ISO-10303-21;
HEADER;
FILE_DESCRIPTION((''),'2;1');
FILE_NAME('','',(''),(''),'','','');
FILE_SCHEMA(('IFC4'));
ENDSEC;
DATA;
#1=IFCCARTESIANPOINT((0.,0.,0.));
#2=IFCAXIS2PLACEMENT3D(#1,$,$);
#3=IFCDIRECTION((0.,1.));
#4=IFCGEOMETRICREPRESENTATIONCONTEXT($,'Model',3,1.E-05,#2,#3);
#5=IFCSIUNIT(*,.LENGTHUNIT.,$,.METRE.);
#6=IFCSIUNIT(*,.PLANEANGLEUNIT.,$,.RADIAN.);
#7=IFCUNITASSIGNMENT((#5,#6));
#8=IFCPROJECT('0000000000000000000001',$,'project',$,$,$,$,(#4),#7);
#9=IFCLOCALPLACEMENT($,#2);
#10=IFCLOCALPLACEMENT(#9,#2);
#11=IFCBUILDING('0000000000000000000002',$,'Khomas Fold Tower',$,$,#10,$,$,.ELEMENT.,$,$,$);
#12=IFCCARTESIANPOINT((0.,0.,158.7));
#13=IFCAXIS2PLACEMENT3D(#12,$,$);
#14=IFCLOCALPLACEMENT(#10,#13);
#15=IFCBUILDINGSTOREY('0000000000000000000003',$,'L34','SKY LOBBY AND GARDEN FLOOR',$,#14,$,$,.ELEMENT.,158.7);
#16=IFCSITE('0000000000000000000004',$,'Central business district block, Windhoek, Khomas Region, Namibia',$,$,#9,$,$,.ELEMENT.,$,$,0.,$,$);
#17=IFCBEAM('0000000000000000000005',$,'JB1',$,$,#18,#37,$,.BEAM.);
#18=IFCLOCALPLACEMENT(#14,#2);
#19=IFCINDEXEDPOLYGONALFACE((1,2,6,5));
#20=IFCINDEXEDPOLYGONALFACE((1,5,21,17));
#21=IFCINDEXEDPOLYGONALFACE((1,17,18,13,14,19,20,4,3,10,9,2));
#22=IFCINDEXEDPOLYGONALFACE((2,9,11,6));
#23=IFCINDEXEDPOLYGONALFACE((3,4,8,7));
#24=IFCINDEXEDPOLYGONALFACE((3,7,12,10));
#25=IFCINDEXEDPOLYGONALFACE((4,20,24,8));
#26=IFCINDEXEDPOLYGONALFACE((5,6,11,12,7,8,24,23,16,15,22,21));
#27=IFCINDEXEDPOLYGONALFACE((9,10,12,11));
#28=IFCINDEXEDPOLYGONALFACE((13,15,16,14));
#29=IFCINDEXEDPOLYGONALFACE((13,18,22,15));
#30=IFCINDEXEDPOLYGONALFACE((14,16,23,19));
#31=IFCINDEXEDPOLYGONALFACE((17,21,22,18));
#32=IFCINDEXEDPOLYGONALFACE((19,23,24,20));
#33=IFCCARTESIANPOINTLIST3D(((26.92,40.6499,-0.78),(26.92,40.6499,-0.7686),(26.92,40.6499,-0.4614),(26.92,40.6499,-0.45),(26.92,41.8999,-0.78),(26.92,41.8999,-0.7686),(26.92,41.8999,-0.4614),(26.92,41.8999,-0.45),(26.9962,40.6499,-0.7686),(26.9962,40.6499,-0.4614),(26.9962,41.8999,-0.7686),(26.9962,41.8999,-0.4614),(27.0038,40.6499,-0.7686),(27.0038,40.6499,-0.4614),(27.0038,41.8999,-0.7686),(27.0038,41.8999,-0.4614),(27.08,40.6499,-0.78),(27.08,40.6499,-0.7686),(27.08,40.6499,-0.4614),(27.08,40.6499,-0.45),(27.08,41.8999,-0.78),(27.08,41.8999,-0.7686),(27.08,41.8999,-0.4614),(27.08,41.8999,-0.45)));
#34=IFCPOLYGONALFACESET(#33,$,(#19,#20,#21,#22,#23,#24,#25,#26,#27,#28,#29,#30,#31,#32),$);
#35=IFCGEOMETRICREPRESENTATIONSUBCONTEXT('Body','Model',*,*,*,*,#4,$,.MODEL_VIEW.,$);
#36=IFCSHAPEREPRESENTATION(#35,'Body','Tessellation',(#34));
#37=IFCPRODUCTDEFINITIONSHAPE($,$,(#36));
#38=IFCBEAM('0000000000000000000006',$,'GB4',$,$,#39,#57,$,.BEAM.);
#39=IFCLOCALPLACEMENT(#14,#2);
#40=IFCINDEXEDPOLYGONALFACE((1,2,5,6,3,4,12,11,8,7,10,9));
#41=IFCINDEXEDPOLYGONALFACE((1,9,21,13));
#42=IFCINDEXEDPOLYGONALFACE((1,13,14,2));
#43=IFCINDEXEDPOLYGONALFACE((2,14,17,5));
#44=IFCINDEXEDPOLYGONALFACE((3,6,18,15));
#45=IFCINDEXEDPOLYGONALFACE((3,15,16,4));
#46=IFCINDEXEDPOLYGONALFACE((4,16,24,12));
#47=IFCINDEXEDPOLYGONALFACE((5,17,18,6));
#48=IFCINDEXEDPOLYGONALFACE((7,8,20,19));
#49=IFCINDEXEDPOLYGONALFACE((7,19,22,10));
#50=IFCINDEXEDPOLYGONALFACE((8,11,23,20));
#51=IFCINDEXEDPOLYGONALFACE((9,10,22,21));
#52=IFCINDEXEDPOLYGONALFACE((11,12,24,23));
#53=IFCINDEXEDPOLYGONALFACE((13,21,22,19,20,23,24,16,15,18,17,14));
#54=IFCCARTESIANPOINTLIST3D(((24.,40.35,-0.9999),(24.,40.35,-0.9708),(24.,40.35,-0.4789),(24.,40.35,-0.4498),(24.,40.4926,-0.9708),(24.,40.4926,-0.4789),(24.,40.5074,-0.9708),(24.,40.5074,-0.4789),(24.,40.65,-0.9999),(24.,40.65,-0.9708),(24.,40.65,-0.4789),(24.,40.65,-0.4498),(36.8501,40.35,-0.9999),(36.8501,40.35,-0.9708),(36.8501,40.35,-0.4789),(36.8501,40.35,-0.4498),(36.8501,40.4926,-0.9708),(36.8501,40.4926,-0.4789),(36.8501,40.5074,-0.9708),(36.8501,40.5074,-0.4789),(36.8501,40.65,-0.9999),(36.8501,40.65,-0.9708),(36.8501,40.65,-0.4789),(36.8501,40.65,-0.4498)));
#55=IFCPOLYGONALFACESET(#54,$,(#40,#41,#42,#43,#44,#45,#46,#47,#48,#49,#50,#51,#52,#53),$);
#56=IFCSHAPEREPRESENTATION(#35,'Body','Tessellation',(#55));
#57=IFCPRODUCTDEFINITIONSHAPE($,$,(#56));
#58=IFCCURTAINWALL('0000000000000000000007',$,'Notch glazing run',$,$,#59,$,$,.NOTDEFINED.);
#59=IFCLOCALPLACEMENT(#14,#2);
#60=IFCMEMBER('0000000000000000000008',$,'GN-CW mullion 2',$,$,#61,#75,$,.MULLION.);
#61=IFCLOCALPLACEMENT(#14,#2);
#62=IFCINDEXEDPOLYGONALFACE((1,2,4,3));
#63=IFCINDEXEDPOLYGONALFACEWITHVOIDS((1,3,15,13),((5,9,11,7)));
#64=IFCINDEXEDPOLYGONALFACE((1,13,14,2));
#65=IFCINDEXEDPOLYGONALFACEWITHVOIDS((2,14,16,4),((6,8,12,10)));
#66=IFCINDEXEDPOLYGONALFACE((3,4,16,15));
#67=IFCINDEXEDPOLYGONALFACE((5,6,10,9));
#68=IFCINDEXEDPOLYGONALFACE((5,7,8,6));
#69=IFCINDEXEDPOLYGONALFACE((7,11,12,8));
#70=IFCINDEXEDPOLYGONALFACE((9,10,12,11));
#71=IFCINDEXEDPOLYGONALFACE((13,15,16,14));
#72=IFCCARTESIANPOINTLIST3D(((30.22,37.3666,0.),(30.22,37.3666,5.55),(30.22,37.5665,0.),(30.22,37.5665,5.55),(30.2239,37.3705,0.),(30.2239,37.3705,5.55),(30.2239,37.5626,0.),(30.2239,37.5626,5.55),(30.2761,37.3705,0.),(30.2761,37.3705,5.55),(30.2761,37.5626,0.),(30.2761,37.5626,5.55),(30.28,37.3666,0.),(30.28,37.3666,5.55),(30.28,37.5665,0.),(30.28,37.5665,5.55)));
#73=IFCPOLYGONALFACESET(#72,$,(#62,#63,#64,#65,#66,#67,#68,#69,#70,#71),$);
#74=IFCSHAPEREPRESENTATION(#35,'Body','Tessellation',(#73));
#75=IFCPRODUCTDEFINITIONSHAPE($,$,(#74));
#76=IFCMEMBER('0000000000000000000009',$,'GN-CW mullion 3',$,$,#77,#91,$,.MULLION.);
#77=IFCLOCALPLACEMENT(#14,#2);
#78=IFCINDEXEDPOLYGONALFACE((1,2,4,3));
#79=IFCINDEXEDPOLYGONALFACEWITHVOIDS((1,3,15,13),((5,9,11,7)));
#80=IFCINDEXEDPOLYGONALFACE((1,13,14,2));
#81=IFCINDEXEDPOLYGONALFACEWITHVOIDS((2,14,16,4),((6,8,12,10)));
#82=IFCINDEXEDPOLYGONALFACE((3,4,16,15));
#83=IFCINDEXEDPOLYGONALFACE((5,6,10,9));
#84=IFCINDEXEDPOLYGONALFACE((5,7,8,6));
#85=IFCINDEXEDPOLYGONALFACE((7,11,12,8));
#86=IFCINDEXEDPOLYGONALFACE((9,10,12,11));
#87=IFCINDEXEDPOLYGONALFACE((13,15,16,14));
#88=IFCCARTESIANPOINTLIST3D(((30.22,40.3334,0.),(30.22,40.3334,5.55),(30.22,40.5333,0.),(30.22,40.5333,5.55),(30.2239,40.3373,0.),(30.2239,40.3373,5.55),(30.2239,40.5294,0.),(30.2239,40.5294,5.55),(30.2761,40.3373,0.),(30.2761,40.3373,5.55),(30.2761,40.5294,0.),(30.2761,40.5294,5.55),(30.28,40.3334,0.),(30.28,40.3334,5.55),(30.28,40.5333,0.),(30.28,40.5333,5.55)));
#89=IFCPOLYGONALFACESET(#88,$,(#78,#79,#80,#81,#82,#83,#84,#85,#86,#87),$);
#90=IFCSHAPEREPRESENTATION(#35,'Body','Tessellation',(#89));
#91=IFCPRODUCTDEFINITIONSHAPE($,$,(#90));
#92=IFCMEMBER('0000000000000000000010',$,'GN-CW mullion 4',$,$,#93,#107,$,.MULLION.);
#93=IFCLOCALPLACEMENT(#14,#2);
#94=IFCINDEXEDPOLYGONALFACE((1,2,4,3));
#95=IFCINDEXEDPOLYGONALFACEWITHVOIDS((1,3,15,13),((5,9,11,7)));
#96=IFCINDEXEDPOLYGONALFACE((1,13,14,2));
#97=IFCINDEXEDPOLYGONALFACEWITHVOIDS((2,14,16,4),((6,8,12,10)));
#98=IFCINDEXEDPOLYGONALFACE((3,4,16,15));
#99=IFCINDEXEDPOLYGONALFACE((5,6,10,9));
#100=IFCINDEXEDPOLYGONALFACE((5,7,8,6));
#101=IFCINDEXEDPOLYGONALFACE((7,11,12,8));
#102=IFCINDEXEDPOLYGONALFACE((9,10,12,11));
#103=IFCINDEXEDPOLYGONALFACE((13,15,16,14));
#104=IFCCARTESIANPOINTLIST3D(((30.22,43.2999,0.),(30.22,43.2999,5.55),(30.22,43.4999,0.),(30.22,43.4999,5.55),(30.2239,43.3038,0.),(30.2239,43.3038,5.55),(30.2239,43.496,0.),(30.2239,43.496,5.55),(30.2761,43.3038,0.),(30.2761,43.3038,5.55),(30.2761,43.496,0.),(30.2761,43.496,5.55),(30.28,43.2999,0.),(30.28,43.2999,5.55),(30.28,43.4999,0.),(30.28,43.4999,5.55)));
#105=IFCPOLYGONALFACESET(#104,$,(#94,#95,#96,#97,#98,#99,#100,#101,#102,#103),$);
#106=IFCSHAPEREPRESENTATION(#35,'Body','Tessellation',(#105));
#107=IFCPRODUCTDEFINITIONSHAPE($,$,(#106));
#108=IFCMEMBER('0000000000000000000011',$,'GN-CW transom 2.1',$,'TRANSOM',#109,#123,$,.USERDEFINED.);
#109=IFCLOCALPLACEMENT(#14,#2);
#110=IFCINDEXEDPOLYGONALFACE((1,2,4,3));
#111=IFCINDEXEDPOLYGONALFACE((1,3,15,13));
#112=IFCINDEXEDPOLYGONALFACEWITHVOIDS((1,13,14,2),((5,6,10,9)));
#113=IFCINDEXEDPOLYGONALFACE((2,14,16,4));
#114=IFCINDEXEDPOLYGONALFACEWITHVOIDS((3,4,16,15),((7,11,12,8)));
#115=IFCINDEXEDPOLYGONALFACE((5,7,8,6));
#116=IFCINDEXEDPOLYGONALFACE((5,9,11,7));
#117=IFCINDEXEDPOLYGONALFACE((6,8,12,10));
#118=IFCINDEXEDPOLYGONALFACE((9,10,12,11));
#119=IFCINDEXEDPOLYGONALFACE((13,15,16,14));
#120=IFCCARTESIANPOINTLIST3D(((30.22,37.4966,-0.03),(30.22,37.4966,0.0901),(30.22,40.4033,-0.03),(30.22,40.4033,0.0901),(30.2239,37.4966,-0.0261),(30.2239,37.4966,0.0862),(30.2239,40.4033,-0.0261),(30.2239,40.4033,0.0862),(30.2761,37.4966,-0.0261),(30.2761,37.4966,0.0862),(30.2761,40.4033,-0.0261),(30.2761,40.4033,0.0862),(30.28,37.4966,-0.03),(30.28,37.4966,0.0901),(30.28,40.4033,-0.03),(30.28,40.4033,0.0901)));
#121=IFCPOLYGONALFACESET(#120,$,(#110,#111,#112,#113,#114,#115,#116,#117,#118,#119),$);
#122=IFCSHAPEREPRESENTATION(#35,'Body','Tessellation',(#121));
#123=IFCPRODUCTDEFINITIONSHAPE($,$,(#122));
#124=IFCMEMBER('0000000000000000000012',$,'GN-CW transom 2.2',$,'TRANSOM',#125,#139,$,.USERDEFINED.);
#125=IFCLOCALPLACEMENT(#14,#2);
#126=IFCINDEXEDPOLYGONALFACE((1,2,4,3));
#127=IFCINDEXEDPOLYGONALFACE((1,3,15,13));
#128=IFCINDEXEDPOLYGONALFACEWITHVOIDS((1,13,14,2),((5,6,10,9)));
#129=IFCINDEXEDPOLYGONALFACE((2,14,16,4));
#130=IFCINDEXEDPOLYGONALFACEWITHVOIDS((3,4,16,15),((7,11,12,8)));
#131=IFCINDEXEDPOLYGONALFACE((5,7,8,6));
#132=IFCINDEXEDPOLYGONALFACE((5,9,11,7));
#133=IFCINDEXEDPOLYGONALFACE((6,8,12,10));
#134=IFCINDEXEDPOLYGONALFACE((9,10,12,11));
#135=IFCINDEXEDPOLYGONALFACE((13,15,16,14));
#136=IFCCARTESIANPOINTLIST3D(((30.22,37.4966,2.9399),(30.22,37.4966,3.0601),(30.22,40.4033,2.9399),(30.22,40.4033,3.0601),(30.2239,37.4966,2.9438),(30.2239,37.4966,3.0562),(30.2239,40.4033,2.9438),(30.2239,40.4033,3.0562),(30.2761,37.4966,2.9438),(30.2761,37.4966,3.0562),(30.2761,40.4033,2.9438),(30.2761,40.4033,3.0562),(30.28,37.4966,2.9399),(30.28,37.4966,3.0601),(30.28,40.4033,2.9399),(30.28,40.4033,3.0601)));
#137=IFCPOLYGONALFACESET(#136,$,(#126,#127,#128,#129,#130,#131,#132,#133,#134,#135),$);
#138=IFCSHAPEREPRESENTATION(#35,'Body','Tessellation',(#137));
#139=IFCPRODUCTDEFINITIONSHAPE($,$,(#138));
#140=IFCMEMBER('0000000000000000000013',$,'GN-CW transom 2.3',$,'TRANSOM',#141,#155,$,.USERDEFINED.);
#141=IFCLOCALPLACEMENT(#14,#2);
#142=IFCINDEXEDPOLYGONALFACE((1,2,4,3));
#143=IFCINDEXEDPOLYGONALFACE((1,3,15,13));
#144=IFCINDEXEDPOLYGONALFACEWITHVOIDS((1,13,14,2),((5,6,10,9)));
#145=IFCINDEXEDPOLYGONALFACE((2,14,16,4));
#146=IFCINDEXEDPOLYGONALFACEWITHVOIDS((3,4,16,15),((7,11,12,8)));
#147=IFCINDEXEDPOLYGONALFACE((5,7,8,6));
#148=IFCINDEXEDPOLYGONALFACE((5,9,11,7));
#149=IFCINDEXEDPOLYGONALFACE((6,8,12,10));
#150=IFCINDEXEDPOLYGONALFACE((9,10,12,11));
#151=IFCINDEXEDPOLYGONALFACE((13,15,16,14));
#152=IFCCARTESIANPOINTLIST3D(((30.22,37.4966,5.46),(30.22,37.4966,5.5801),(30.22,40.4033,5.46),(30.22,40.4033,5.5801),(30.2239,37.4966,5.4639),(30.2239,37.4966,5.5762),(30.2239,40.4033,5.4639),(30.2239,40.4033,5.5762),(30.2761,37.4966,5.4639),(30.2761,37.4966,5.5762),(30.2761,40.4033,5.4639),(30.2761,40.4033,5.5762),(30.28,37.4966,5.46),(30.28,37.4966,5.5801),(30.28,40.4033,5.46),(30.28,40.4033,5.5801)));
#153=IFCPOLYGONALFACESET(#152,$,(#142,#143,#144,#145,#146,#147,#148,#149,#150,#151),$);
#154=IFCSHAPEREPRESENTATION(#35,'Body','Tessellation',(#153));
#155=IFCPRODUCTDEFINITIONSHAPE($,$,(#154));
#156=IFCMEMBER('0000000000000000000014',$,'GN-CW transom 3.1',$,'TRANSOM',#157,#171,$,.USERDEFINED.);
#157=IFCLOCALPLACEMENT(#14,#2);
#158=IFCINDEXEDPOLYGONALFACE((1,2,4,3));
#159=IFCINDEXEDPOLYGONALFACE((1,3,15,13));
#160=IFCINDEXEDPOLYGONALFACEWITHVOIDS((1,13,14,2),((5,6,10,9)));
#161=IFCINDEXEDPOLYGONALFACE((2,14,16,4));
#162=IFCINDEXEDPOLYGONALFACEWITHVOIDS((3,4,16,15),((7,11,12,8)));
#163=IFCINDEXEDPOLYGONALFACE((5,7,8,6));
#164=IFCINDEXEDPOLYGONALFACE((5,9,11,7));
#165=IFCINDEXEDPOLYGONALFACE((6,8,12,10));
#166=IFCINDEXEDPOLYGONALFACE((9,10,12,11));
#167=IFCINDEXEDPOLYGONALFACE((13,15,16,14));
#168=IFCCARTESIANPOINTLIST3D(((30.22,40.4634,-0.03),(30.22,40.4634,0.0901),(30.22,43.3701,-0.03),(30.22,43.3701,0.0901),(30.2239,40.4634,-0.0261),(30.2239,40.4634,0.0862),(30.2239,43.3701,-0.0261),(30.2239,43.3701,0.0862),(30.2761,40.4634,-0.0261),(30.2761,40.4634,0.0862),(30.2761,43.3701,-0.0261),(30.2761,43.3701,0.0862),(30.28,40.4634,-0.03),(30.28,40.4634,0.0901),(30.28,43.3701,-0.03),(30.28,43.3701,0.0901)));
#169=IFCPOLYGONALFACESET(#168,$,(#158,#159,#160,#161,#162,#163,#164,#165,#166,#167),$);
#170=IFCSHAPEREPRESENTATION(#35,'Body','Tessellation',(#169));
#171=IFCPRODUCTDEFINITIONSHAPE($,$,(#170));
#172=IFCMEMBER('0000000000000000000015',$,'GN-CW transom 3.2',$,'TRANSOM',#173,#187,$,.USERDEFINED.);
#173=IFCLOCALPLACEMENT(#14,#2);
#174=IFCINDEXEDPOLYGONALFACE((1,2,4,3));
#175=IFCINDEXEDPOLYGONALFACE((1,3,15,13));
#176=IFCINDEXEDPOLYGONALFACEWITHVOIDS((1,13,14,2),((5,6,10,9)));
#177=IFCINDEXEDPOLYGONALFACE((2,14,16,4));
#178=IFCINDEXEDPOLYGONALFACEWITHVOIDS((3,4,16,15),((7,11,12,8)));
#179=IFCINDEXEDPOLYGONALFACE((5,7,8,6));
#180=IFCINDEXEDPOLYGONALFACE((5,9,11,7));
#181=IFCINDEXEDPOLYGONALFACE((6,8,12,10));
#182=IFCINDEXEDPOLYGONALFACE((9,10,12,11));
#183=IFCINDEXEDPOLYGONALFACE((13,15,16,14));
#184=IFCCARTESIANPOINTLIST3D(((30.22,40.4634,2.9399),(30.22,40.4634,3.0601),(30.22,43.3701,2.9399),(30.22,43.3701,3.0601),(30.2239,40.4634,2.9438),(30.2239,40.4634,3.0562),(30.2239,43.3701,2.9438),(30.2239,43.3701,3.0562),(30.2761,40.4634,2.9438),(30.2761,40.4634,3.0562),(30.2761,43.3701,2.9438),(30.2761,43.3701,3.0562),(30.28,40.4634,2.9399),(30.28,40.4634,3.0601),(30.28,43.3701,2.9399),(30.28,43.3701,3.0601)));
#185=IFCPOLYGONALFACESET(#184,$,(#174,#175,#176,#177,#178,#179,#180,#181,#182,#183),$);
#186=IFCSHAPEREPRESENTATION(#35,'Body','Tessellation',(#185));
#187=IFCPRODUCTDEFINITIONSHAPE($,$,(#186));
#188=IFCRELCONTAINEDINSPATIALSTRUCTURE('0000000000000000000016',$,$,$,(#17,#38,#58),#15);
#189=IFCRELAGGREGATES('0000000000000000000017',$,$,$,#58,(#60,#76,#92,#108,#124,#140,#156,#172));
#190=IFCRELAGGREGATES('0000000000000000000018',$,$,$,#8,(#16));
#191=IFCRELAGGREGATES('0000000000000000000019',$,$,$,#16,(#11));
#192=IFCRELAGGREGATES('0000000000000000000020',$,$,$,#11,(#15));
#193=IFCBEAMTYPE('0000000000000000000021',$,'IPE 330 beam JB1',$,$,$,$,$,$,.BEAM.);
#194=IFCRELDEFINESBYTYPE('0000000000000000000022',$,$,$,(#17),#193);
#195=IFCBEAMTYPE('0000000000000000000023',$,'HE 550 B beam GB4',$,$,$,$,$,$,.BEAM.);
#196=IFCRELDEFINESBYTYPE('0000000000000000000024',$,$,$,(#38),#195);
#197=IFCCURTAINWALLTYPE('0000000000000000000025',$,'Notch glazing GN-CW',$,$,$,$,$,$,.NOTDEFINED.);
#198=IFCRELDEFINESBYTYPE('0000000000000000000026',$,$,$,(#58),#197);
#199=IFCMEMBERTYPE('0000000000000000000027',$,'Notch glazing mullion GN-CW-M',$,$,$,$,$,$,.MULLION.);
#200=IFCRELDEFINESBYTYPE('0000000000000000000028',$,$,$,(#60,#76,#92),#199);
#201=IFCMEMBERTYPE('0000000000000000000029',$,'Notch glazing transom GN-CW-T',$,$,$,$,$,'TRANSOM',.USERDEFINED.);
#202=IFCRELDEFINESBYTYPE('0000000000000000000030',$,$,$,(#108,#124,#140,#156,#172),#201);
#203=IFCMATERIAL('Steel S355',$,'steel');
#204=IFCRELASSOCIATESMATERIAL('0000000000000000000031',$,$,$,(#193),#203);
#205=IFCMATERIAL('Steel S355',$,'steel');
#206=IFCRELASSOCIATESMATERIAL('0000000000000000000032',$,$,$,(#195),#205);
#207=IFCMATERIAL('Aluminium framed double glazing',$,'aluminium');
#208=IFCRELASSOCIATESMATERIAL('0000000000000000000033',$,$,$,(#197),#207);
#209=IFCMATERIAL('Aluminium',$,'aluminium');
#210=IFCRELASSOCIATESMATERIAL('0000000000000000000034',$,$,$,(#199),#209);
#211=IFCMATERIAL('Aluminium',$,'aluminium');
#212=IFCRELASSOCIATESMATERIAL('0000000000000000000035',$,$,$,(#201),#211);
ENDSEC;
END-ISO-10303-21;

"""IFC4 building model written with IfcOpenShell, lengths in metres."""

from ifc_helpers import new_model, si_unit, direction, frame, origin, origin_2d, place, context, subcontext, project, spatial, hollow_rectangle, i_section, extrude, source, transform, mapped, material, material_profile, profile_set, type_object, element, aggregate, save


model = new_model("IFC4")

# Units and contexts
model_context = context("Model", 3, precision=1e-05, world=origin(), true_north=direction((0.0, 1.0)))
body_context = subcontext(model_context, "Body", "Model", "MODEL_VIEW")
ifc_project = project(units=[si_unit("LENGTHUNIT", "METRE"), si_unit("PLANEANGLEUNIT", "RADIAN")], contexts=[model_context])

# Site, building, storey
site_placement = place(None, origin())
site = spatial("IfcSite", under=ifc_project, at=site_placement, Name="Central business district block, Windhoek, Khomas Region, Namibia", CompositionType="ELEMENT", RefElevation=0.0)
building_placement = place(site_placement, origin())
building = spatial("IfcBuilding", under=site, at=building_placement, Name="Khomas Fold Tower", CompositionType="ELEMENT")
storey_placement = place(building_placement, frame((0.0, 0.0, 158.7)))
storey = spatial("IfcBuildingStorey", under=building, at=storey_placement, Name="L34", Description="SKY LOBBY AND GARDEN FLOOR", CompositionType="ELEMENT", Elevation=158.7)

# Beams
ifc_material_1 = material(Name="Steel S355", Category="steel")
ifc_material_profile_1 = material_profile(ifc_material_1, i_section(OverallWidth=0.1599, OverallDepth=0.3301, WebThickness=0.0076, FlangeThickness=0.0115, at=origin_2d()), Name="IPE 330")
ifc_profile_set_1 = profile_set([ifc_material_profile_1], Name="Steel S355")
beam_type_1 = type_object("IfcBeamType", Name="IPE 330 beam JB1", PredefinedType="BEAM", material=ifc_profile_set_1)
shared_shape_1 = source(origin(), body_context, "Body", "SweptSolid", [
    extrude(i_section(OverallWidth=0.1599, OverallDepth=0.3301, WebThickness=0.0076, FlangeThickness=0.0115, at=origin_2d()), origin(), (0.0, 0.0, 1.0), 1.25),
])
beam_1_placement = place(storey_placement, frame((27.0, 40.6499, -0.615), z_axis=(0.0, 1.0, 0.0), x_axis=(-1.0, 0.0, 0.0)))
element("IfcBeam", 1, at=beam_1_placement, inside=storey, type_object=beam_type_1, Name="JB1", PredefinedType="BEAM", context=body_context, shape_type="MappedRepresentation", body=[
    mapped(shared_shape_1, transform((0.0, 0.0, 0.0))),
])
ifc_material_2 = material(Name="Steel S355", Category="steel")
ifc_material_profile_2 = material_profile(ifc_material_2, i_section(OverallWidth=0.3, OverallDepth=0.55, WebThickness=0.0149, FlangeThickness=0.0291, at=origin_2d()), Name="HE 550 B")
ifc_profile_set_2 = profile_set([ifc_material_profile_2], Name="Steel S355")
beam_type_2 = type_object("IfcBeamType", Name="HE 550 B beam GB4", PredefinedType="BEAM", material=ifc_profile_set_2)
shared_shape_2 = source(origin(), body_context, "Body", "SweptSolid", [
    extrude(i_section(OverallWidth=0.3, OverallDepth=0.55, WebThickness=0.0149, FlangeThickness=0.0291, at=origin_2d()), origin(), (0.0, 0.0, 1.0), 12.8501),
])
beam_2_placement = place(storey_placement, frame((24.0, 40.5, -0.7249), z_axis=(1.0, 0.0, 0.0), x_axis=(0.0, 1.0, 0.0)))
element("IfcBeam", 2, at=beam_2_placement, inside=storey, type_object=beam_type_2, Name="GB4", PredefinedType="BEAM", context=body_context, shape_type="MappedRepresentation", body=[
    mapped(shared_shape_2, transform((0.0, 0.0, 0.0))),
])

# Curtain wall, members
ifc_material_3 = material(Name="Aluminium framed double glazing", Category="aluminium")
curtain_wall_type = type_object("IfcCurtainWallType", Name="Notch glazing GN-CW", PredefinedType="NOTDEFINED", material=ifc_material_3)
curtain_wall_placement = place(storey_placement, origin())
curtain_wall = element("IfcCurtainWall", 3, at=curtain_wall_placement, inside=storey, type_object=curtain_wall_type, Name="Notch glazing run", PredefinedType="NOTDEFINED")
ifc_material_4 = material(Name="Aluminium", Category="aluminium")
ifc_material_profile_3 = material_profile(ifc_material_4, hollow_rectangle(XDim=0.0601, YDim=0.2, WallThickness=0.0039, at=origin_2d()), Name="Notch glazing mullion GN-CW-M")
ifc_profile_set_3 = profile_set([ifc_material_profile_3], Name="Aluminium")
member_type_1 = type_object("IfcMemberType", Name="Notch glazing mullion GN-CW-M", PredefinedType="MULLION", material=ifc_profile_set_3)
shared_shape_3 = source(origin(), body_context, "Body", "SweptSolid", [
    extrude(hollow_rectangle(XDim=0.0601, YDim=0.2, WallThickness=0.0039, at=origin_2d()), origin(), (0.0, 0.0, 1.0), 5.55),
])
member_1_placement = place(storey_placement, frame((30.25, 37.4666, 0.0), z_axis=(0.0, 0.0, 1.0), x_axis=(-1.0, 0.0, 0.0)))
member_1 = element("IfcMember", 4, at=member_1_placement, type_object=member_type_1, Name="GN-CW mullion 2", PredefinedType="MULLION", context=body_context, shape_type="MappedRepresentation", body=[
    mapped(shared_shape_3, transform((0.0, 0.0, 0.0))),
])
member_2_placement = place(storey_placement, frame((30.25, 40.4333, 0.0), z_axis=(0.0, 0.0, 1.0), x_axis=(-1.0, 0.0, 0.0)))
member_2 = element("IfcMember", 5, at=member_2_placement, type_object=member_type_1, Name="GN-CW mullion 3", PredefinedType="MULLION", context=body_context, shape_type="MappedRepresentation", body=[
    mapped(shared_shape_3, transform((0.0, 0.0, 0.0))),
])
member_3_placement = place(storey_placement, frame((30.25, 43.3999, 0.0), z_axis=(0.0, 0.0, 1.0), x_axis=(-1.0, 0.0, 0.0)))
member_3 = element("IfcMember", 6, at=member_3_placement, type_object=member_type_1, Name="GN-CW mullion 4", PredefinedType="MULLION", context=body_context, shape_type="MappedRepresentation", body=[
    mapped(shared_shape_3, transform((0.0, 0.0, 0.0))),
])
ifc_material_5 = material(Name="Aluminium", Category="aluminium")
ifc_material_profile_4 = material_profile(ifc_material_5, hollow_rectangle(XDim=0.0601, YDim=0.1201, WallThickness=0.0039, at=origin_2d()), Name="Notch glazing transom GN-CW-T")
ifc_profile_set_4 = profile_set([ifc_material_profile_4], Name="Aluminium")
member_type_2 = type_object("IfcMemberType", Name="Notch glazing transom GN-CW-T", ElementType="TRANSOM", PredefinedType="USERDEFINED", material=ifc_profile_set_4)
shared_shape_4 = source(origin(), body_context, "Body", "SweptSolid", [
    extrude(hollow_rectangle(XDim=0.0601, YDim=0.1201, WallThickness=0.0039, at=origin_2d()), origin(), (0.0, 0.0, 1.0), 2.9067),
])
member_4_placement = place(storey_placement, frame((30.25, 37.4966, 0.03), z_axis=(0.0, 1.0, 0.0), x_axis=(-1.0, 0.0, 0.0)))
member_4 = element("IfcMember", 7, at=member_4_placement, type_object=member_type_2, Name="GN-CW transom 2.1", ObjectType="TRANSOM", PredefinedType="USERDEFINED", context=body_context, shape_type="MappedRepresentation", body=[
    mapped(shared_shape_4, transform((0.0, 0.0, 0.0))),
])
member_5_placement = place(storey_placement, frame((30.25, 37.4966, 3.0), z_axis=(0.0, 1.0, 0.0), x_axis=(-1.0, 0.0, 0.0)))
member_5 = element("IfcMember", 8, at=member_5_placement, type_object=member_type_2, Name="GN-CW transom 2.2", ObjectType="TRANSOM", PredefinedType="USERDEFINED", context=body_context, shape_type="MappedRepresentation", body=[
    mapped(shared_shape_4, transform((0.0, 0.0, 0.0))),
])
member_6_placement = place(storey_placement, frame((30.25, 37.4966, 5.52), z_axis=(0.0, 1.0, 0.0), x_axis=(-1.0, 0.0, 0.0)))
member_6 = element("IfcMember", 9, at=member_6_placement, type_object=member_type_2, Name="GN-CW transom 2.3", ObjectType="TRANSOM", PredefinedType="USERDEFINED", context=body_context, shape_type="MappedRepresentation", body=[
    mapped(shared_shape_4, transform((0.0, 0.0, 0.0))),
])
member_7_placement = place(storey_placement, frame((30.25, 40.4634, 0.03), z_axis=(0.0, 1.0, 0.0), x_axis=(-1.0, 0.0, 0.0)))
member_7 = element("IfcMember", 10, at=member_7_placement, type_object=member_type_2, Name="GN-CW transom 3.1", ObjectType="TRANSOM", PredefinedType="USERDEFINED", context=body_context, shape_type="MappedRepresentation", body=[
    mapped(shared_shape_4, transform((0.0, 0.0, 0.0))),
])
member_8_placement = place(storey_placement, frame((30.25, 40.4634, 3.0), z_axis=(0.0, 1.0, 0.0), x_axis=(-1.0, 0.0, 0.0)))
member_8 = element("IfcMember", 11, at=member_8_placement, type_object=member_type_2, Name="GN-CW transom 3.2", ObjectType="TRANSOM", PredefinedType="USERDEFINED", context=body_context, shape_type="MappedRepresentation", body=[
    mapped(shared_shape_4, transform((0.0, 0.0, 0.0))),
])
aggregate(curtain_wall, [member_1, member_2, member_3, member_4, member_5, member_6, member_7, member_8])

save(model, "model.ifc")
